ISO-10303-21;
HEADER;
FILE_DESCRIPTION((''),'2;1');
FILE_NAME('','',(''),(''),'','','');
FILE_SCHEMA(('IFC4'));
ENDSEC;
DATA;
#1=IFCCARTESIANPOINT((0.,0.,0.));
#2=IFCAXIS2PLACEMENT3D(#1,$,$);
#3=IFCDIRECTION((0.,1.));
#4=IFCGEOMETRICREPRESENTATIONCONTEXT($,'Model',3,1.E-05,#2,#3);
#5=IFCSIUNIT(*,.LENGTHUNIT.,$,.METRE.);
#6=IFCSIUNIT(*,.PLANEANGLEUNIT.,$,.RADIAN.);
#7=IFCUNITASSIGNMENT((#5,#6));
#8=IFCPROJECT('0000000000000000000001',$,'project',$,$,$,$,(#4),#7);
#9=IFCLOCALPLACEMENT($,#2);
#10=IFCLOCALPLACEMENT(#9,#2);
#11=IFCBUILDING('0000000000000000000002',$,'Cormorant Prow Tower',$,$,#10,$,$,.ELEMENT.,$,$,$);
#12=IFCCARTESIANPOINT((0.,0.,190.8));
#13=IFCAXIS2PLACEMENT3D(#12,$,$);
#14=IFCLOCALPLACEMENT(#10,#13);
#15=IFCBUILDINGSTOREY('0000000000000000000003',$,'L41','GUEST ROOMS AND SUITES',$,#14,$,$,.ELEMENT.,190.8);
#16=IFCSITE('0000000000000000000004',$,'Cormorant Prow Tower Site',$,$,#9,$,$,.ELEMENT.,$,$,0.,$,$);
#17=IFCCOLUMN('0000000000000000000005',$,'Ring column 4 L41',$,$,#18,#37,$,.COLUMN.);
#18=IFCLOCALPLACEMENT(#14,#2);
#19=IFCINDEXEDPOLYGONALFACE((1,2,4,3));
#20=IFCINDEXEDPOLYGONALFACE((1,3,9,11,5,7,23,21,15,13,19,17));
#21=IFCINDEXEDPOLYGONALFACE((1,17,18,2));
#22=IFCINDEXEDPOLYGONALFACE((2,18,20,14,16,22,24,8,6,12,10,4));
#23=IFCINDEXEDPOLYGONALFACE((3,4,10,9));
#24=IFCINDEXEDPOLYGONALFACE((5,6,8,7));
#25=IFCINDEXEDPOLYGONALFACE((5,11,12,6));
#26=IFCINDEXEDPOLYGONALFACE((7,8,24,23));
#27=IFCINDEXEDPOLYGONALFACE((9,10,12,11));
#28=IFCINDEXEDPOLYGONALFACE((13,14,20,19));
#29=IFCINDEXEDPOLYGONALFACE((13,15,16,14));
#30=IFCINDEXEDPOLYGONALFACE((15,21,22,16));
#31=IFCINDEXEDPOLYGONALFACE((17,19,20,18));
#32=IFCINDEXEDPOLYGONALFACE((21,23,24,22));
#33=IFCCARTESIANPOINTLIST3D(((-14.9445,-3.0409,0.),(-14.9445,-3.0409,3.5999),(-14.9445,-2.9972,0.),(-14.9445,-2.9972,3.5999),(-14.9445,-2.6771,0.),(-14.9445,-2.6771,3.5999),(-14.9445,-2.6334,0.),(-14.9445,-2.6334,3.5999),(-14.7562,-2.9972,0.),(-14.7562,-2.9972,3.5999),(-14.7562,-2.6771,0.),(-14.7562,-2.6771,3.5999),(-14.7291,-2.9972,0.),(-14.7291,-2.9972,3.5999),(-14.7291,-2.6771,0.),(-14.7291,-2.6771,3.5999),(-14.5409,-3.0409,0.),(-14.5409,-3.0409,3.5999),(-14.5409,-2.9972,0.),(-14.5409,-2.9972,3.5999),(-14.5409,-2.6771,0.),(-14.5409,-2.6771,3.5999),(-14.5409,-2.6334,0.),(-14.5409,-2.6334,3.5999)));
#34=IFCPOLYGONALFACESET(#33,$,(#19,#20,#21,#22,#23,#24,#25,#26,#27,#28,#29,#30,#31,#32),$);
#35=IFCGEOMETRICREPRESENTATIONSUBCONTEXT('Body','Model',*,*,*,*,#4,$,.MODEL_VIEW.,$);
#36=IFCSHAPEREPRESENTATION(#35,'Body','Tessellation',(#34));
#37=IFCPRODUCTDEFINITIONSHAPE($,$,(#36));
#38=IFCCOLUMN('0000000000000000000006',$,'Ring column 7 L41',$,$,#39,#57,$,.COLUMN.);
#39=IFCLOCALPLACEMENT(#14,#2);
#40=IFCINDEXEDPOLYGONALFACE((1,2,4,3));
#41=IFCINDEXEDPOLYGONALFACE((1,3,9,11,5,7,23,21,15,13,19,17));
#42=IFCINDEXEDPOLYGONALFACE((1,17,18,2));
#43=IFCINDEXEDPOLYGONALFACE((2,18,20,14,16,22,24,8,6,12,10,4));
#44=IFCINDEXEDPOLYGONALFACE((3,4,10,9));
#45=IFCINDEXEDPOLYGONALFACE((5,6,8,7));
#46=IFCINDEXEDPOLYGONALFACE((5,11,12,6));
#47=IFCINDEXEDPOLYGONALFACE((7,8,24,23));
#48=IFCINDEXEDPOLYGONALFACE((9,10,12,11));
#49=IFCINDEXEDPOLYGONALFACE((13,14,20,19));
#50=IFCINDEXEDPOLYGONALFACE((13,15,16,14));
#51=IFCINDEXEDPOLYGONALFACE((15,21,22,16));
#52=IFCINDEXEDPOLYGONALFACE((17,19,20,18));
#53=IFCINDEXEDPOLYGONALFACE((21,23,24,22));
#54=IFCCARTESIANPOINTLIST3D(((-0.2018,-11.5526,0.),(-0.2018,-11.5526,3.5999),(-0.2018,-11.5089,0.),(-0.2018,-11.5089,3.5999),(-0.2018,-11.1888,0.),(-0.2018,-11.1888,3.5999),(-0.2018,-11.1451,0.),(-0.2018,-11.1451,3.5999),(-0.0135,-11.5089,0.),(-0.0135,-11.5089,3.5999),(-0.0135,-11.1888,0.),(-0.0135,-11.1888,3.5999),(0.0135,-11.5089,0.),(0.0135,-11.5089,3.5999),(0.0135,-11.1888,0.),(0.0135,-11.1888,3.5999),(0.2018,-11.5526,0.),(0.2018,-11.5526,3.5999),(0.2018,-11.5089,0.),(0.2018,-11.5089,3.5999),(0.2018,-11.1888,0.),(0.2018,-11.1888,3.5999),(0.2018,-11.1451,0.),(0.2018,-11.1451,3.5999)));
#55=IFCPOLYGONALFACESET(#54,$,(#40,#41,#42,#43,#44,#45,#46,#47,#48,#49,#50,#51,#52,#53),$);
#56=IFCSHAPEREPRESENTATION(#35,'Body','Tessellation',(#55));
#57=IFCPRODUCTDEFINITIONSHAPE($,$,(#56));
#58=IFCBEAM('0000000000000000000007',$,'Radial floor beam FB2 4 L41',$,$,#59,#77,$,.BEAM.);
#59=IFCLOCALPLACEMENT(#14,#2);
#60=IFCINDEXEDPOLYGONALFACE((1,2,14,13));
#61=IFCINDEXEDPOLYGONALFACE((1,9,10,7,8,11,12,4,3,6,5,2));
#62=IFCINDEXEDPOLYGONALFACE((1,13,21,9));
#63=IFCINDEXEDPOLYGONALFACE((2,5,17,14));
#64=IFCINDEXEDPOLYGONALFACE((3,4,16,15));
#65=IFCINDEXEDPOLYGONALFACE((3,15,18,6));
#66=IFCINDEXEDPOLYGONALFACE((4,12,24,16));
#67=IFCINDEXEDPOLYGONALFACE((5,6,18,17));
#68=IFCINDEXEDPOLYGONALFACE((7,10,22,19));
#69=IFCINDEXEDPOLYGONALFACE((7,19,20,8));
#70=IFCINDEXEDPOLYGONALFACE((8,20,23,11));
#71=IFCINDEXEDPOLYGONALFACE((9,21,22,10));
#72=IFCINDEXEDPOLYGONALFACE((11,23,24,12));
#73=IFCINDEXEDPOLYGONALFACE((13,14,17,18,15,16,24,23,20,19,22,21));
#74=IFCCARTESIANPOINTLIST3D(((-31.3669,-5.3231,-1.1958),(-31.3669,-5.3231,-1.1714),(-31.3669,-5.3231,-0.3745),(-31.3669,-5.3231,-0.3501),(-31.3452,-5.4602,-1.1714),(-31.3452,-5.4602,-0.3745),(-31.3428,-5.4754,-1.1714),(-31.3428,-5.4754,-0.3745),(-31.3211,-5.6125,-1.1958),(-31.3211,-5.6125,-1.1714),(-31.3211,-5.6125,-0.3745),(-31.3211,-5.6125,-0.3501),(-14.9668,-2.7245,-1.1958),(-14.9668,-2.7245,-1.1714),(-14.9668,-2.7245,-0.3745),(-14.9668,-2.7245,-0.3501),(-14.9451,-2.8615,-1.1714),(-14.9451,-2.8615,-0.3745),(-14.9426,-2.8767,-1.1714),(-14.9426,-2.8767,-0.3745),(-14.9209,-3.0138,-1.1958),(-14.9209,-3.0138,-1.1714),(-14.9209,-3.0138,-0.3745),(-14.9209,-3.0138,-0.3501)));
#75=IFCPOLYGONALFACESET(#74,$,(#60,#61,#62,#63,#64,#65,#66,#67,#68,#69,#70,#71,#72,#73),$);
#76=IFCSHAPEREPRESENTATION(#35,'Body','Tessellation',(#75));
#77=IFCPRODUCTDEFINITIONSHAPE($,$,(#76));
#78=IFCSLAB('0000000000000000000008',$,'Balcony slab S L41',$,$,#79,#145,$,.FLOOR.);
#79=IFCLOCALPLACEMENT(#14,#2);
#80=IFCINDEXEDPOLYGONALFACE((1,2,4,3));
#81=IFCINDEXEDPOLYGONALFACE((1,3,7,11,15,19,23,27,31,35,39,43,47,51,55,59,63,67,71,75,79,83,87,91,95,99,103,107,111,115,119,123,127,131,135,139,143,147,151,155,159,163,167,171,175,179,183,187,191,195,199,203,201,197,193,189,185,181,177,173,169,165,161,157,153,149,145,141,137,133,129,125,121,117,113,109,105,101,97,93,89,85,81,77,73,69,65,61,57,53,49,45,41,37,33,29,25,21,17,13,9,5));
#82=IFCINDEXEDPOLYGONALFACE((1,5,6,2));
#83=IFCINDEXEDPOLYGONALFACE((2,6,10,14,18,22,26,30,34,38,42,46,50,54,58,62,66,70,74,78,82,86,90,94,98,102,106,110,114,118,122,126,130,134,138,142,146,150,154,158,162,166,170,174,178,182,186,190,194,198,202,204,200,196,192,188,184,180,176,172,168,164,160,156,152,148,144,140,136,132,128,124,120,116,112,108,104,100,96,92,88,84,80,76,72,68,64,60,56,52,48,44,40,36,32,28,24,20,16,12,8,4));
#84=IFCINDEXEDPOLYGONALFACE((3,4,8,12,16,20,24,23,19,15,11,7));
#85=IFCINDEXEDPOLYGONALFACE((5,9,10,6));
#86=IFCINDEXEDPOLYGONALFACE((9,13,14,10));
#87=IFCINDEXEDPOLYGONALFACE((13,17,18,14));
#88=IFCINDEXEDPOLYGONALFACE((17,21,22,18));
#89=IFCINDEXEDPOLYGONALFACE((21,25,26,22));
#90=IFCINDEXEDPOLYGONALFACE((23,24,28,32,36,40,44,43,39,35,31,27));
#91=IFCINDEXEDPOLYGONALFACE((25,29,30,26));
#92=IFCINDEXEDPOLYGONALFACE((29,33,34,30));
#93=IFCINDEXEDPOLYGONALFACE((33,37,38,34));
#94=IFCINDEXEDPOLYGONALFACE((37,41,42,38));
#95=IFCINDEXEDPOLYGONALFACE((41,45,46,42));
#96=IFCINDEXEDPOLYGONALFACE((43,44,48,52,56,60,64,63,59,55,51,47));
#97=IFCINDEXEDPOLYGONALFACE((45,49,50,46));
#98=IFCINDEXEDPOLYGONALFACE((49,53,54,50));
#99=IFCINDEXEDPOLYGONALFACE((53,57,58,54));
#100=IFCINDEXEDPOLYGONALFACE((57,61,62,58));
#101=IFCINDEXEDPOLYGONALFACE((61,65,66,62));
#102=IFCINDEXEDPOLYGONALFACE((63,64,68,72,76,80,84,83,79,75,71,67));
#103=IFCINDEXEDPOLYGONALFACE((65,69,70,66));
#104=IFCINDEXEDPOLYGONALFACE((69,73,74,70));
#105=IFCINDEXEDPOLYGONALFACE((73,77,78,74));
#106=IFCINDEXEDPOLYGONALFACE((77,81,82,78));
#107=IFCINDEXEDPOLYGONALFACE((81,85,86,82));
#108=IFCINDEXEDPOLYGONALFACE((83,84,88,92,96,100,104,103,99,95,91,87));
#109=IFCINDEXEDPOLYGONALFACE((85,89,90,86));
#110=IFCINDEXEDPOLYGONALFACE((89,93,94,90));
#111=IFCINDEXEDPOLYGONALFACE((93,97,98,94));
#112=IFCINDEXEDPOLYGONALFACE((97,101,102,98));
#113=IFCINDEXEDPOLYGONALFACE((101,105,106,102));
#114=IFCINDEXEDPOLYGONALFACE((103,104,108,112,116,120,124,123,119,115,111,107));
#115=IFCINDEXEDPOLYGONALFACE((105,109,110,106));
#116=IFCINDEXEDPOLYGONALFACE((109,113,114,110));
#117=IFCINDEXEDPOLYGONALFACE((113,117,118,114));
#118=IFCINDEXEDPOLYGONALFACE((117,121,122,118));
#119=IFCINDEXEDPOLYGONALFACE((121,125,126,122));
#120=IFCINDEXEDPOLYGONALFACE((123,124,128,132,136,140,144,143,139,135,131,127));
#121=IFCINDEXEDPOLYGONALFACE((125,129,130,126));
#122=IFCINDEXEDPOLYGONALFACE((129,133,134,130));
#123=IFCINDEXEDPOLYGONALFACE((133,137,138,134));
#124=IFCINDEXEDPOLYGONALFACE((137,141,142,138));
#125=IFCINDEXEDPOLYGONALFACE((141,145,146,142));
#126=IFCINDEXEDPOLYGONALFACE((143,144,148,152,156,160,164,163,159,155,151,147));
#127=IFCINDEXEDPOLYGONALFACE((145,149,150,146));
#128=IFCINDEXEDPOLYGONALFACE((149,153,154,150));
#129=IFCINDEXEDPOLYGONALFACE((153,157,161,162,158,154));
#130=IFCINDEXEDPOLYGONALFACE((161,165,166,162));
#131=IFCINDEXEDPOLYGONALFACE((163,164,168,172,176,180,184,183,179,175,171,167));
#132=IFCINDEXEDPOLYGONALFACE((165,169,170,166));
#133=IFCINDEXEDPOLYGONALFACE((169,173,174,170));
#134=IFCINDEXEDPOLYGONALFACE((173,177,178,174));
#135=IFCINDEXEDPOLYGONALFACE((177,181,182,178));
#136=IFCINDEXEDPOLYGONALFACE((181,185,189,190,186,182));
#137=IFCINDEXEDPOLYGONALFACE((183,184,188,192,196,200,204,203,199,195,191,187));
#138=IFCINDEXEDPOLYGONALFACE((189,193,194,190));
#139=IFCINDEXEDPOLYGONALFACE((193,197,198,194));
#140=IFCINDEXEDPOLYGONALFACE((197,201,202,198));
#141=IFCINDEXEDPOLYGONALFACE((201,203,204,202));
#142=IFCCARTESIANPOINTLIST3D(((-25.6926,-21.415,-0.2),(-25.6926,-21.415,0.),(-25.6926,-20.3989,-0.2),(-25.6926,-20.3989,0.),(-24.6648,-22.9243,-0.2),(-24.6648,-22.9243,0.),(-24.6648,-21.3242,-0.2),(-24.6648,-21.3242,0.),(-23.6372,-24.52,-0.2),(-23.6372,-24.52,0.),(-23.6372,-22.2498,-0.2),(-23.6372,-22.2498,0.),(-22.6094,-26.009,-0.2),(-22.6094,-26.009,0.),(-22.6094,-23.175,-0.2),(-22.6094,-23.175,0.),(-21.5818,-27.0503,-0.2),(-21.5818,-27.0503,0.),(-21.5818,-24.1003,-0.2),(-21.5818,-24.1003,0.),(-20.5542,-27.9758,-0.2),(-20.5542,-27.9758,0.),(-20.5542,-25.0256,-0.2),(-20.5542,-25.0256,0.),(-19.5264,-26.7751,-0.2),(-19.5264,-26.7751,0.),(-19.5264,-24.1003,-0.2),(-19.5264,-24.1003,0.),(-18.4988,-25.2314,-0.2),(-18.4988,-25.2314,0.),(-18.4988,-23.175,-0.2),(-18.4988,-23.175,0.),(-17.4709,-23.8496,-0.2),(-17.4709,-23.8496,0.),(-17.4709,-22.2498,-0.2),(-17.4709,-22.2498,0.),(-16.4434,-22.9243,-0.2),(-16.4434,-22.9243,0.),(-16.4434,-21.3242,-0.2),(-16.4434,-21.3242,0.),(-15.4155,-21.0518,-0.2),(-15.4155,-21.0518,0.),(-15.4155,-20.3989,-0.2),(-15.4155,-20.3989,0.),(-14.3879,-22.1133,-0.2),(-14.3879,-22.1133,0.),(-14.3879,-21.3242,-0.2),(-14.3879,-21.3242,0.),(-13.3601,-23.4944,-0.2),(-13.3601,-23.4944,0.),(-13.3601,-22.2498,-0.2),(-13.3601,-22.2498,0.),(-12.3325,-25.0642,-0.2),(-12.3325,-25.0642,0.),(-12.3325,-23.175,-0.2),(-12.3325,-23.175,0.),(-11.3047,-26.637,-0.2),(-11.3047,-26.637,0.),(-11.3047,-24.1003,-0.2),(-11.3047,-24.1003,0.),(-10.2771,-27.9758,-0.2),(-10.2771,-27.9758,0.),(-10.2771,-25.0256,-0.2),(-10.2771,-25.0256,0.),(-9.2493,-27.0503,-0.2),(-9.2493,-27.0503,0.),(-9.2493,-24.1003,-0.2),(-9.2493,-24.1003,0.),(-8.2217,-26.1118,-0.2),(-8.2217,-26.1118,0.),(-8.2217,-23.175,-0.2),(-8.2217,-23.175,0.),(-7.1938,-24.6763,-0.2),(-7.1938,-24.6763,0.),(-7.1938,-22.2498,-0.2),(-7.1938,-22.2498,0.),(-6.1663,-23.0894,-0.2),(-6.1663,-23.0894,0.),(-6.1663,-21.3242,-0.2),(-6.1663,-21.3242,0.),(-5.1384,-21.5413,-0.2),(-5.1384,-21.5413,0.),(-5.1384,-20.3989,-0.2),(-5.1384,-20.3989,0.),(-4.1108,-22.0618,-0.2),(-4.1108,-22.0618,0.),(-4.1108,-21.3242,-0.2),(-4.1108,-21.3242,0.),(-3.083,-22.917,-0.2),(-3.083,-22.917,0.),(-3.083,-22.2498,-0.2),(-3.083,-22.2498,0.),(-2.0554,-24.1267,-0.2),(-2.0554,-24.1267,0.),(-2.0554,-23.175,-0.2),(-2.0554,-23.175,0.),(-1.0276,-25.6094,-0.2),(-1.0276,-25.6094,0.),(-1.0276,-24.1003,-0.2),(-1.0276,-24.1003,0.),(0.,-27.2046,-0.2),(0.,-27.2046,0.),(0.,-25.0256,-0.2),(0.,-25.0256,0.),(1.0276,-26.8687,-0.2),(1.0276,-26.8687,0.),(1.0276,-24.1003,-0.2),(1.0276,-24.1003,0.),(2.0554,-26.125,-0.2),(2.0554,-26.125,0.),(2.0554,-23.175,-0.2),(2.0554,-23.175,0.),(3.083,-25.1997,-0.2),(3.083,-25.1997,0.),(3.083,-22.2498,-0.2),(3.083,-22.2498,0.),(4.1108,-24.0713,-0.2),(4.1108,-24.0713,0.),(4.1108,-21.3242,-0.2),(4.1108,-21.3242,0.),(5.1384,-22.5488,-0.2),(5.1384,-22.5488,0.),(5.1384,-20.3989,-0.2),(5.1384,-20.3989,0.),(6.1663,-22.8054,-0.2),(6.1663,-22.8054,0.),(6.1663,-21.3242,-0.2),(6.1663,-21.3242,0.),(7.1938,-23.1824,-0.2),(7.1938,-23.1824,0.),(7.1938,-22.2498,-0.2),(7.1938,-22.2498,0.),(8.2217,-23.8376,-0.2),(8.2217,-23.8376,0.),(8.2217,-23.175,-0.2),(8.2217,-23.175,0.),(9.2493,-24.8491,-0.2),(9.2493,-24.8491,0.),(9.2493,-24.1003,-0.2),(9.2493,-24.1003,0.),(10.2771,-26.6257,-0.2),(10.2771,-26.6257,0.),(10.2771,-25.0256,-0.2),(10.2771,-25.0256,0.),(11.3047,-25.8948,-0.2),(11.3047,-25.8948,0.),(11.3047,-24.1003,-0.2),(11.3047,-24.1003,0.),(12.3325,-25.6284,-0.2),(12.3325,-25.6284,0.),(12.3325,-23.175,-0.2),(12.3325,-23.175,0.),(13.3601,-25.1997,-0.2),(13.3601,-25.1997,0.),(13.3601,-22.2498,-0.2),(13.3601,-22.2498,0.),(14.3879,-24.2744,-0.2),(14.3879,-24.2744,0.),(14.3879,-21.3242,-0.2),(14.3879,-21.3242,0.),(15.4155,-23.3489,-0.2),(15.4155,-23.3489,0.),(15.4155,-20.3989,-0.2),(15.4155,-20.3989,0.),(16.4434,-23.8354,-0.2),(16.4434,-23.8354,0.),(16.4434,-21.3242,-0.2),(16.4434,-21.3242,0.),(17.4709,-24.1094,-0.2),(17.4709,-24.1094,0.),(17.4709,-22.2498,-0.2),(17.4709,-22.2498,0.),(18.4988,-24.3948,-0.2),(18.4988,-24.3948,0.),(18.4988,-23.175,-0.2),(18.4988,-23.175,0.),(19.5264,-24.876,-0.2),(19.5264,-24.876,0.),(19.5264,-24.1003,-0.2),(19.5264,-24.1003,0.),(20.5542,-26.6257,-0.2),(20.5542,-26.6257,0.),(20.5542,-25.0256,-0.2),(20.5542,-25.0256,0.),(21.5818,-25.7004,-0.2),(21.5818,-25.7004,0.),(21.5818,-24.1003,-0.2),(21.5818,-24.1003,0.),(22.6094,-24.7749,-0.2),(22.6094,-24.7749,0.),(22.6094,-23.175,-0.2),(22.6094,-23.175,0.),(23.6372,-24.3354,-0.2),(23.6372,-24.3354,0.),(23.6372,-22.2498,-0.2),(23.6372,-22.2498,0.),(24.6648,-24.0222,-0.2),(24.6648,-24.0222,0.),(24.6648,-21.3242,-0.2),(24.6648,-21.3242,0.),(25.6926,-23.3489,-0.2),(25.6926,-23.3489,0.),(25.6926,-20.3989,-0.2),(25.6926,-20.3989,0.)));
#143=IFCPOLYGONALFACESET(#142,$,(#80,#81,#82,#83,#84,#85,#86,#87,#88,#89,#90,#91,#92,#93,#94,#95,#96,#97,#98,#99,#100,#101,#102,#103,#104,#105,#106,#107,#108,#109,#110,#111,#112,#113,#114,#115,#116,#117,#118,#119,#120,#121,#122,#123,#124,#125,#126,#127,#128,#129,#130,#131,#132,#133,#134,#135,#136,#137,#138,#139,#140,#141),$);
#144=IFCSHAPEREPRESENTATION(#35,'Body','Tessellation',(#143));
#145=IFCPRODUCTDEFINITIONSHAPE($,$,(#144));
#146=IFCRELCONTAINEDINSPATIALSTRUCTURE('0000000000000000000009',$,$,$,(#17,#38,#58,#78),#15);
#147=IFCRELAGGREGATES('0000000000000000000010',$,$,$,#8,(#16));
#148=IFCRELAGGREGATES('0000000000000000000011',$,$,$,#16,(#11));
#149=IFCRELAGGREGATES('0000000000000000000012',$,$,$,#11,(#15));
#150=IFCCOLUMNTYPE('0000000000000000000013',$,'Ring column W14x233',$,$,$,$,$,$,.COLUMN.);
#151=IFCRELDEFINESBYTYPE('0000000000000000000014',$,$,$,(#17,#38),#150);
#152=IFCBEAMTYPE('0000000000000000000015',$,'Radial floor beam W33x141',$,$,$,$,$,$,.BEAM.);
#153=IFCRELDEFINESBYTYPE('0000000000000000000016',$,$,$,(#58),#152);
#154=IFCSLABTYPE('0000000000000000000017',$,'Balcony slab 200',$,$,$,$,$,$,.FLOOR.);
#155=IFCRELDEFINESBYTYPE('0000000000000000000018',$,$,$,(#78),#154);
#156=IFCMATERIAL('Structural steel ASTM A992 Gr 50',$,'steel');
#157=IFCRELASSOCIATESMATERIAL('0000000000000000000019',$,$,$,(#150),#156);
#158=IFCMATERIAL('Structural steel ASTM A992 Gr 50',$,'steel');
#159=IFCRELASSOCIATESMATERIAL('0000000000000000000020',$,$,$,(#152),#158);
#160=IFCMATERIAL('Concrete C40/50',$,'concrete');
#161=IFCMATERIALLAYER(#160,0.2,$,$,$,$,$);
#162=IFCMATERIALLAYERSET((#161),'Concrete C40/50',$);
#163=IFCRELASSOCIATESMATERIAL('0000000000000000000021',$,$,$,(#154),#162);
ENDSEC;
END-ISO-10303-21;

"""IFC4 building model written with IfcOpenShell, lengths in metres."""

from ifc_helpers import new_model, si_unit, direction, frame, origin, origin_2d, place, context, subcontext, project, spatial, polyline, i_section, outline, extrude, material, layer, layer_set, material_profile, profile_set, type_object, element, save


model = new_model("IFC4")

# Units and contexts
model_context = context("Model", 3, precision=1e-05, world=origin(), true_north=direction((0.0, 1.0)))
body_context = subcontext(model_context, "Body", "Model", "MODEL_VIEW")
ifc_project = project(units=[si_unit("LENGTHUNIT", "METRE"), si_unit("PLANEANGLEUNIT", "RADIAN")], contexts=[model_context])

# Site, building, storey
site_placement = place(None, origin())
site = spatial("IfcSite", under=ifc_project, at=site_placement, Name="Cormorant Prow Tower Site", CompositionType="ELEMENT", RefElevation=0.0)
building_placement = place(site_placement, origin())
building = spatial("IfcBuilding", under=site, at=building_placement, Name="Cormorant Prow Tower", CompositionType="ELEMENT")
storey_placement = place(building_placement, frame((0.0, 0.0, 190.8)))
storey = spatial("IfcBuildingStorey", under=building, at=storey_placement, Name="L41", Description="GUEST ROOMS AND SUITES", CompositionType="ELEMENT", Elevation=190.8)

# Columns
ifc_material_1 = material(Name="Structural steel ASTM A992 Gr 50", Category="steel")
ifc_material_profile_1 = material_profile(ifc_material_1, i_section(OverallWidth=0.4036, OverallDepth=0.4075, WebThickness=0.0271, FlangeThickness=0.0437, at=origin_2d()), Name="W14x233")
ifc_profile_set_1 = profile_set([ifc_material_profile_1], Name="Structural steel ASTM A992 Gr 50")
column_type = type_object("IfcColumnType", Name="Ring column W14x233", PredefinedType="COLUMN", material=ifc_profile_set_1)
for number, where, z_axis, x_axis, name in (
    (1, (-14.7427, -2.8372, 0.0), (0.0, 0.0, 1.0), (1.0, 0.0, 0.0), "Ring column 4 L41"),
    (2, (0.0, -11.3489, 0.0), (0.0, 0.0, 1.0), (1.0, 0.0, 0.0), "Ring column 7 L41"),
):
    element("IfcColumn", number, at=place(storey_placement, frame(where, z_axis=z_axis, x_axis=x_axis)), inside=storey, type_object=column_type, Name=name, PredefinedType="COLUMN", context=body_context, shape_type="SweptSolid", body=[
        extrude(i_section(OverallWidth=0.4036, OverallDepth=0.4075, WebThickness=0.0271, FlangeThickness=0.0437, at=origin_2d()), origin(), (0.0, 0.0, 1.0), 3.5999),
    ])

# Beam
ifc_material_2 = material(Name="Structural steel ASTM A992 Gr 50", Category="steel")
ifc_material_profile_2 = material_profile(ifc_material_2, i_section(OverallWidth=0.293, OverallDepth=0.8457, WebThickness=0.0154, FlangeThickness=0.0244, at=origin_2d()), Name="W33x141")
ifc_profile_set_2 = profile_set([ifc_material_profile_2], Name="Structural steel ASTM A992 Gr 50")
beam_type = type_object("IfcBeamType", Name="Radial floor beam W33x141", PredefinedType="BEAM", material=ifc_profile_set_2)
beam_placement = place(storey_placement, frame((-14.9438, -2.8691, -0.7729), z_axis=(-0.987678, -0.156499, 0.0), x_axis=(0.156499, -0.987678, 0.0)))
element("IfcBeam", 3, at=beam_placement, inside=storey, type_object=beam_type, Name="Radial floor beam FB2 4 L41", PredefinedType="BEAM", context=body_context, shape_type="SweptSolid", body=[
    extrude(i_section(OverallWidth=0.293, OverallDepth=0.8457, WebThickness=0.0154, FlangeThickness=0.0244, at=origin_2d()), origin(), (0.0, 0.0, 1.0), 16.6047),
])

# Slab
ifc_material_3 = material(Name="Concrete C40/50", Category="concrete")
ifc_layer_1 = layer(ifc_material_3, 0.2)
ifc_layer_set_1 = layer_set([ifc_layer_1], Name="Concrete C40/50")
slab_type_1 = type_object("IfcSlabType", Name="Balcony slab 200", PredefinedType="FLOOR", material=ifc_layer_set_1)
slab_1_placement = place(storey_placement, frame((0.0, 0.0, -0.2)))
element("IfcSlab", 4, at=slab_1_placement, inside=storey, type_object=slab_type_1, Name="Balcony slab S L41", PredefinedType="FLOOR", context=body_context, shape_type="SweptSolid", body=[
    extrude(outline(polyline([(-25.6926, -20.3989), (-25.6926, -21.415), (-24.6648, -22.9243), (-23.6372, -24.52), (-22.6094, -26.009), (-21.5818, -27.0503), (-20.5542, -27.9758), (-19.5264, -26.7751), (-18.4988, -25.2314), (-17.4709, -23.8496), (-16.4434, -22.9243), (-15.4155, -21.0518), (-14.3879, -22.1133), (-13.3601, -23.4944), (-12.3325, -25.0642), (-11.3047, -26.637), (-10.2771, -27.9758), (-9.2493, -27.0503), (-8.2217, -26.1118), (-7.1938, -24.6763), (-6.1663, -23.0894), (-5.1384, -21.5413), (-4.1108, -22.0618), (-3.083, -22.917), (-2.0554, -24.1267), (-1.0276, -25.6094), (0.0, -27.2046), (1.0276, -26.8687), (2.0554, -26.125), (3.083, -25.1997), (4.1108, -24.0713), (5.1384, -22.5488), (6.1663, -22.8054), (7.1938, -23.1824), (8.2217, -23.8376), (9.2493, -24.8491), (10.2771, -26.6257), (11.3047, -25.8948), (12.3325, -25.6284), (13.3601, -25.1997), (14.3879, -24.2744), (15.4155, -23.3489), (16.4434, -23.8354), (17.4709, -24.1094), (18.4988, -24.3948), (19.5264, -24.876), (20.5542, -26.6257), (21.5818, -25.7004), (22.6094, -24.7749), (23.6372, -24.3354), (24.6648, -24.0222), (25.6926, -23.3489), (25.6926, -20.3989), (24.6648, -21.3242), (23.6372, -22.2498), (22.6094, -23.175), (21.5818, -24.1003), (20.5542, -25.0256), (19.5264, -24.1003), (18.4988, -23.175), (17.4709, -22.2498), (16.4434, -21.3242), (15.4155, -20.3989), (14.3879, -21.3242), (13.3601, -22.2498), (12.3325, -23.175), (11.3047, -24.1003), (10.2771, -25.0256), (9.2493, -24.1003), (8.2217, -23.175), (7.1938, -22.2498), (6.1663, -21.3242), (5.1384, -20.3989), (4.1108, -21.3242), (3.083, -22.2498), (2.0554, -23.175), (1.0276, -24.1003), (0.0, -25.0256), (-1.0276, -24.1003), (-2.0554, -23.175), (-3.083, -22.2498), (-4.1108, -21.3242), (-5.1384, -20.3989), (-6.1663, -21.3242), (-7.1938, -22.2498), (-8.2217, -23.175), (-9.2493, -24.1003), (-10.2771, -25.0256), (-11.3047, -24.1003), (-12.3325, -23.175), (-13.3601, -22.2498), (-14.3879, -21.3242), (-15.4155, -20.3989), (-16.4434, -21.3242), (-17.4709, -22.2498), (-18.4988, -23.175), (-19.5264, -24.1003), (-20.5542, -25.0256), (-21.5818, -24.1003), (-22.6094, -23.175), (-23.6372, -22.2498), (-24.6648, -21.3242), (-25.6926, -20.3989)])), origin(), (0.0, 0.0, 1.0), 0.2),
])

save(model, "model.ifc")
